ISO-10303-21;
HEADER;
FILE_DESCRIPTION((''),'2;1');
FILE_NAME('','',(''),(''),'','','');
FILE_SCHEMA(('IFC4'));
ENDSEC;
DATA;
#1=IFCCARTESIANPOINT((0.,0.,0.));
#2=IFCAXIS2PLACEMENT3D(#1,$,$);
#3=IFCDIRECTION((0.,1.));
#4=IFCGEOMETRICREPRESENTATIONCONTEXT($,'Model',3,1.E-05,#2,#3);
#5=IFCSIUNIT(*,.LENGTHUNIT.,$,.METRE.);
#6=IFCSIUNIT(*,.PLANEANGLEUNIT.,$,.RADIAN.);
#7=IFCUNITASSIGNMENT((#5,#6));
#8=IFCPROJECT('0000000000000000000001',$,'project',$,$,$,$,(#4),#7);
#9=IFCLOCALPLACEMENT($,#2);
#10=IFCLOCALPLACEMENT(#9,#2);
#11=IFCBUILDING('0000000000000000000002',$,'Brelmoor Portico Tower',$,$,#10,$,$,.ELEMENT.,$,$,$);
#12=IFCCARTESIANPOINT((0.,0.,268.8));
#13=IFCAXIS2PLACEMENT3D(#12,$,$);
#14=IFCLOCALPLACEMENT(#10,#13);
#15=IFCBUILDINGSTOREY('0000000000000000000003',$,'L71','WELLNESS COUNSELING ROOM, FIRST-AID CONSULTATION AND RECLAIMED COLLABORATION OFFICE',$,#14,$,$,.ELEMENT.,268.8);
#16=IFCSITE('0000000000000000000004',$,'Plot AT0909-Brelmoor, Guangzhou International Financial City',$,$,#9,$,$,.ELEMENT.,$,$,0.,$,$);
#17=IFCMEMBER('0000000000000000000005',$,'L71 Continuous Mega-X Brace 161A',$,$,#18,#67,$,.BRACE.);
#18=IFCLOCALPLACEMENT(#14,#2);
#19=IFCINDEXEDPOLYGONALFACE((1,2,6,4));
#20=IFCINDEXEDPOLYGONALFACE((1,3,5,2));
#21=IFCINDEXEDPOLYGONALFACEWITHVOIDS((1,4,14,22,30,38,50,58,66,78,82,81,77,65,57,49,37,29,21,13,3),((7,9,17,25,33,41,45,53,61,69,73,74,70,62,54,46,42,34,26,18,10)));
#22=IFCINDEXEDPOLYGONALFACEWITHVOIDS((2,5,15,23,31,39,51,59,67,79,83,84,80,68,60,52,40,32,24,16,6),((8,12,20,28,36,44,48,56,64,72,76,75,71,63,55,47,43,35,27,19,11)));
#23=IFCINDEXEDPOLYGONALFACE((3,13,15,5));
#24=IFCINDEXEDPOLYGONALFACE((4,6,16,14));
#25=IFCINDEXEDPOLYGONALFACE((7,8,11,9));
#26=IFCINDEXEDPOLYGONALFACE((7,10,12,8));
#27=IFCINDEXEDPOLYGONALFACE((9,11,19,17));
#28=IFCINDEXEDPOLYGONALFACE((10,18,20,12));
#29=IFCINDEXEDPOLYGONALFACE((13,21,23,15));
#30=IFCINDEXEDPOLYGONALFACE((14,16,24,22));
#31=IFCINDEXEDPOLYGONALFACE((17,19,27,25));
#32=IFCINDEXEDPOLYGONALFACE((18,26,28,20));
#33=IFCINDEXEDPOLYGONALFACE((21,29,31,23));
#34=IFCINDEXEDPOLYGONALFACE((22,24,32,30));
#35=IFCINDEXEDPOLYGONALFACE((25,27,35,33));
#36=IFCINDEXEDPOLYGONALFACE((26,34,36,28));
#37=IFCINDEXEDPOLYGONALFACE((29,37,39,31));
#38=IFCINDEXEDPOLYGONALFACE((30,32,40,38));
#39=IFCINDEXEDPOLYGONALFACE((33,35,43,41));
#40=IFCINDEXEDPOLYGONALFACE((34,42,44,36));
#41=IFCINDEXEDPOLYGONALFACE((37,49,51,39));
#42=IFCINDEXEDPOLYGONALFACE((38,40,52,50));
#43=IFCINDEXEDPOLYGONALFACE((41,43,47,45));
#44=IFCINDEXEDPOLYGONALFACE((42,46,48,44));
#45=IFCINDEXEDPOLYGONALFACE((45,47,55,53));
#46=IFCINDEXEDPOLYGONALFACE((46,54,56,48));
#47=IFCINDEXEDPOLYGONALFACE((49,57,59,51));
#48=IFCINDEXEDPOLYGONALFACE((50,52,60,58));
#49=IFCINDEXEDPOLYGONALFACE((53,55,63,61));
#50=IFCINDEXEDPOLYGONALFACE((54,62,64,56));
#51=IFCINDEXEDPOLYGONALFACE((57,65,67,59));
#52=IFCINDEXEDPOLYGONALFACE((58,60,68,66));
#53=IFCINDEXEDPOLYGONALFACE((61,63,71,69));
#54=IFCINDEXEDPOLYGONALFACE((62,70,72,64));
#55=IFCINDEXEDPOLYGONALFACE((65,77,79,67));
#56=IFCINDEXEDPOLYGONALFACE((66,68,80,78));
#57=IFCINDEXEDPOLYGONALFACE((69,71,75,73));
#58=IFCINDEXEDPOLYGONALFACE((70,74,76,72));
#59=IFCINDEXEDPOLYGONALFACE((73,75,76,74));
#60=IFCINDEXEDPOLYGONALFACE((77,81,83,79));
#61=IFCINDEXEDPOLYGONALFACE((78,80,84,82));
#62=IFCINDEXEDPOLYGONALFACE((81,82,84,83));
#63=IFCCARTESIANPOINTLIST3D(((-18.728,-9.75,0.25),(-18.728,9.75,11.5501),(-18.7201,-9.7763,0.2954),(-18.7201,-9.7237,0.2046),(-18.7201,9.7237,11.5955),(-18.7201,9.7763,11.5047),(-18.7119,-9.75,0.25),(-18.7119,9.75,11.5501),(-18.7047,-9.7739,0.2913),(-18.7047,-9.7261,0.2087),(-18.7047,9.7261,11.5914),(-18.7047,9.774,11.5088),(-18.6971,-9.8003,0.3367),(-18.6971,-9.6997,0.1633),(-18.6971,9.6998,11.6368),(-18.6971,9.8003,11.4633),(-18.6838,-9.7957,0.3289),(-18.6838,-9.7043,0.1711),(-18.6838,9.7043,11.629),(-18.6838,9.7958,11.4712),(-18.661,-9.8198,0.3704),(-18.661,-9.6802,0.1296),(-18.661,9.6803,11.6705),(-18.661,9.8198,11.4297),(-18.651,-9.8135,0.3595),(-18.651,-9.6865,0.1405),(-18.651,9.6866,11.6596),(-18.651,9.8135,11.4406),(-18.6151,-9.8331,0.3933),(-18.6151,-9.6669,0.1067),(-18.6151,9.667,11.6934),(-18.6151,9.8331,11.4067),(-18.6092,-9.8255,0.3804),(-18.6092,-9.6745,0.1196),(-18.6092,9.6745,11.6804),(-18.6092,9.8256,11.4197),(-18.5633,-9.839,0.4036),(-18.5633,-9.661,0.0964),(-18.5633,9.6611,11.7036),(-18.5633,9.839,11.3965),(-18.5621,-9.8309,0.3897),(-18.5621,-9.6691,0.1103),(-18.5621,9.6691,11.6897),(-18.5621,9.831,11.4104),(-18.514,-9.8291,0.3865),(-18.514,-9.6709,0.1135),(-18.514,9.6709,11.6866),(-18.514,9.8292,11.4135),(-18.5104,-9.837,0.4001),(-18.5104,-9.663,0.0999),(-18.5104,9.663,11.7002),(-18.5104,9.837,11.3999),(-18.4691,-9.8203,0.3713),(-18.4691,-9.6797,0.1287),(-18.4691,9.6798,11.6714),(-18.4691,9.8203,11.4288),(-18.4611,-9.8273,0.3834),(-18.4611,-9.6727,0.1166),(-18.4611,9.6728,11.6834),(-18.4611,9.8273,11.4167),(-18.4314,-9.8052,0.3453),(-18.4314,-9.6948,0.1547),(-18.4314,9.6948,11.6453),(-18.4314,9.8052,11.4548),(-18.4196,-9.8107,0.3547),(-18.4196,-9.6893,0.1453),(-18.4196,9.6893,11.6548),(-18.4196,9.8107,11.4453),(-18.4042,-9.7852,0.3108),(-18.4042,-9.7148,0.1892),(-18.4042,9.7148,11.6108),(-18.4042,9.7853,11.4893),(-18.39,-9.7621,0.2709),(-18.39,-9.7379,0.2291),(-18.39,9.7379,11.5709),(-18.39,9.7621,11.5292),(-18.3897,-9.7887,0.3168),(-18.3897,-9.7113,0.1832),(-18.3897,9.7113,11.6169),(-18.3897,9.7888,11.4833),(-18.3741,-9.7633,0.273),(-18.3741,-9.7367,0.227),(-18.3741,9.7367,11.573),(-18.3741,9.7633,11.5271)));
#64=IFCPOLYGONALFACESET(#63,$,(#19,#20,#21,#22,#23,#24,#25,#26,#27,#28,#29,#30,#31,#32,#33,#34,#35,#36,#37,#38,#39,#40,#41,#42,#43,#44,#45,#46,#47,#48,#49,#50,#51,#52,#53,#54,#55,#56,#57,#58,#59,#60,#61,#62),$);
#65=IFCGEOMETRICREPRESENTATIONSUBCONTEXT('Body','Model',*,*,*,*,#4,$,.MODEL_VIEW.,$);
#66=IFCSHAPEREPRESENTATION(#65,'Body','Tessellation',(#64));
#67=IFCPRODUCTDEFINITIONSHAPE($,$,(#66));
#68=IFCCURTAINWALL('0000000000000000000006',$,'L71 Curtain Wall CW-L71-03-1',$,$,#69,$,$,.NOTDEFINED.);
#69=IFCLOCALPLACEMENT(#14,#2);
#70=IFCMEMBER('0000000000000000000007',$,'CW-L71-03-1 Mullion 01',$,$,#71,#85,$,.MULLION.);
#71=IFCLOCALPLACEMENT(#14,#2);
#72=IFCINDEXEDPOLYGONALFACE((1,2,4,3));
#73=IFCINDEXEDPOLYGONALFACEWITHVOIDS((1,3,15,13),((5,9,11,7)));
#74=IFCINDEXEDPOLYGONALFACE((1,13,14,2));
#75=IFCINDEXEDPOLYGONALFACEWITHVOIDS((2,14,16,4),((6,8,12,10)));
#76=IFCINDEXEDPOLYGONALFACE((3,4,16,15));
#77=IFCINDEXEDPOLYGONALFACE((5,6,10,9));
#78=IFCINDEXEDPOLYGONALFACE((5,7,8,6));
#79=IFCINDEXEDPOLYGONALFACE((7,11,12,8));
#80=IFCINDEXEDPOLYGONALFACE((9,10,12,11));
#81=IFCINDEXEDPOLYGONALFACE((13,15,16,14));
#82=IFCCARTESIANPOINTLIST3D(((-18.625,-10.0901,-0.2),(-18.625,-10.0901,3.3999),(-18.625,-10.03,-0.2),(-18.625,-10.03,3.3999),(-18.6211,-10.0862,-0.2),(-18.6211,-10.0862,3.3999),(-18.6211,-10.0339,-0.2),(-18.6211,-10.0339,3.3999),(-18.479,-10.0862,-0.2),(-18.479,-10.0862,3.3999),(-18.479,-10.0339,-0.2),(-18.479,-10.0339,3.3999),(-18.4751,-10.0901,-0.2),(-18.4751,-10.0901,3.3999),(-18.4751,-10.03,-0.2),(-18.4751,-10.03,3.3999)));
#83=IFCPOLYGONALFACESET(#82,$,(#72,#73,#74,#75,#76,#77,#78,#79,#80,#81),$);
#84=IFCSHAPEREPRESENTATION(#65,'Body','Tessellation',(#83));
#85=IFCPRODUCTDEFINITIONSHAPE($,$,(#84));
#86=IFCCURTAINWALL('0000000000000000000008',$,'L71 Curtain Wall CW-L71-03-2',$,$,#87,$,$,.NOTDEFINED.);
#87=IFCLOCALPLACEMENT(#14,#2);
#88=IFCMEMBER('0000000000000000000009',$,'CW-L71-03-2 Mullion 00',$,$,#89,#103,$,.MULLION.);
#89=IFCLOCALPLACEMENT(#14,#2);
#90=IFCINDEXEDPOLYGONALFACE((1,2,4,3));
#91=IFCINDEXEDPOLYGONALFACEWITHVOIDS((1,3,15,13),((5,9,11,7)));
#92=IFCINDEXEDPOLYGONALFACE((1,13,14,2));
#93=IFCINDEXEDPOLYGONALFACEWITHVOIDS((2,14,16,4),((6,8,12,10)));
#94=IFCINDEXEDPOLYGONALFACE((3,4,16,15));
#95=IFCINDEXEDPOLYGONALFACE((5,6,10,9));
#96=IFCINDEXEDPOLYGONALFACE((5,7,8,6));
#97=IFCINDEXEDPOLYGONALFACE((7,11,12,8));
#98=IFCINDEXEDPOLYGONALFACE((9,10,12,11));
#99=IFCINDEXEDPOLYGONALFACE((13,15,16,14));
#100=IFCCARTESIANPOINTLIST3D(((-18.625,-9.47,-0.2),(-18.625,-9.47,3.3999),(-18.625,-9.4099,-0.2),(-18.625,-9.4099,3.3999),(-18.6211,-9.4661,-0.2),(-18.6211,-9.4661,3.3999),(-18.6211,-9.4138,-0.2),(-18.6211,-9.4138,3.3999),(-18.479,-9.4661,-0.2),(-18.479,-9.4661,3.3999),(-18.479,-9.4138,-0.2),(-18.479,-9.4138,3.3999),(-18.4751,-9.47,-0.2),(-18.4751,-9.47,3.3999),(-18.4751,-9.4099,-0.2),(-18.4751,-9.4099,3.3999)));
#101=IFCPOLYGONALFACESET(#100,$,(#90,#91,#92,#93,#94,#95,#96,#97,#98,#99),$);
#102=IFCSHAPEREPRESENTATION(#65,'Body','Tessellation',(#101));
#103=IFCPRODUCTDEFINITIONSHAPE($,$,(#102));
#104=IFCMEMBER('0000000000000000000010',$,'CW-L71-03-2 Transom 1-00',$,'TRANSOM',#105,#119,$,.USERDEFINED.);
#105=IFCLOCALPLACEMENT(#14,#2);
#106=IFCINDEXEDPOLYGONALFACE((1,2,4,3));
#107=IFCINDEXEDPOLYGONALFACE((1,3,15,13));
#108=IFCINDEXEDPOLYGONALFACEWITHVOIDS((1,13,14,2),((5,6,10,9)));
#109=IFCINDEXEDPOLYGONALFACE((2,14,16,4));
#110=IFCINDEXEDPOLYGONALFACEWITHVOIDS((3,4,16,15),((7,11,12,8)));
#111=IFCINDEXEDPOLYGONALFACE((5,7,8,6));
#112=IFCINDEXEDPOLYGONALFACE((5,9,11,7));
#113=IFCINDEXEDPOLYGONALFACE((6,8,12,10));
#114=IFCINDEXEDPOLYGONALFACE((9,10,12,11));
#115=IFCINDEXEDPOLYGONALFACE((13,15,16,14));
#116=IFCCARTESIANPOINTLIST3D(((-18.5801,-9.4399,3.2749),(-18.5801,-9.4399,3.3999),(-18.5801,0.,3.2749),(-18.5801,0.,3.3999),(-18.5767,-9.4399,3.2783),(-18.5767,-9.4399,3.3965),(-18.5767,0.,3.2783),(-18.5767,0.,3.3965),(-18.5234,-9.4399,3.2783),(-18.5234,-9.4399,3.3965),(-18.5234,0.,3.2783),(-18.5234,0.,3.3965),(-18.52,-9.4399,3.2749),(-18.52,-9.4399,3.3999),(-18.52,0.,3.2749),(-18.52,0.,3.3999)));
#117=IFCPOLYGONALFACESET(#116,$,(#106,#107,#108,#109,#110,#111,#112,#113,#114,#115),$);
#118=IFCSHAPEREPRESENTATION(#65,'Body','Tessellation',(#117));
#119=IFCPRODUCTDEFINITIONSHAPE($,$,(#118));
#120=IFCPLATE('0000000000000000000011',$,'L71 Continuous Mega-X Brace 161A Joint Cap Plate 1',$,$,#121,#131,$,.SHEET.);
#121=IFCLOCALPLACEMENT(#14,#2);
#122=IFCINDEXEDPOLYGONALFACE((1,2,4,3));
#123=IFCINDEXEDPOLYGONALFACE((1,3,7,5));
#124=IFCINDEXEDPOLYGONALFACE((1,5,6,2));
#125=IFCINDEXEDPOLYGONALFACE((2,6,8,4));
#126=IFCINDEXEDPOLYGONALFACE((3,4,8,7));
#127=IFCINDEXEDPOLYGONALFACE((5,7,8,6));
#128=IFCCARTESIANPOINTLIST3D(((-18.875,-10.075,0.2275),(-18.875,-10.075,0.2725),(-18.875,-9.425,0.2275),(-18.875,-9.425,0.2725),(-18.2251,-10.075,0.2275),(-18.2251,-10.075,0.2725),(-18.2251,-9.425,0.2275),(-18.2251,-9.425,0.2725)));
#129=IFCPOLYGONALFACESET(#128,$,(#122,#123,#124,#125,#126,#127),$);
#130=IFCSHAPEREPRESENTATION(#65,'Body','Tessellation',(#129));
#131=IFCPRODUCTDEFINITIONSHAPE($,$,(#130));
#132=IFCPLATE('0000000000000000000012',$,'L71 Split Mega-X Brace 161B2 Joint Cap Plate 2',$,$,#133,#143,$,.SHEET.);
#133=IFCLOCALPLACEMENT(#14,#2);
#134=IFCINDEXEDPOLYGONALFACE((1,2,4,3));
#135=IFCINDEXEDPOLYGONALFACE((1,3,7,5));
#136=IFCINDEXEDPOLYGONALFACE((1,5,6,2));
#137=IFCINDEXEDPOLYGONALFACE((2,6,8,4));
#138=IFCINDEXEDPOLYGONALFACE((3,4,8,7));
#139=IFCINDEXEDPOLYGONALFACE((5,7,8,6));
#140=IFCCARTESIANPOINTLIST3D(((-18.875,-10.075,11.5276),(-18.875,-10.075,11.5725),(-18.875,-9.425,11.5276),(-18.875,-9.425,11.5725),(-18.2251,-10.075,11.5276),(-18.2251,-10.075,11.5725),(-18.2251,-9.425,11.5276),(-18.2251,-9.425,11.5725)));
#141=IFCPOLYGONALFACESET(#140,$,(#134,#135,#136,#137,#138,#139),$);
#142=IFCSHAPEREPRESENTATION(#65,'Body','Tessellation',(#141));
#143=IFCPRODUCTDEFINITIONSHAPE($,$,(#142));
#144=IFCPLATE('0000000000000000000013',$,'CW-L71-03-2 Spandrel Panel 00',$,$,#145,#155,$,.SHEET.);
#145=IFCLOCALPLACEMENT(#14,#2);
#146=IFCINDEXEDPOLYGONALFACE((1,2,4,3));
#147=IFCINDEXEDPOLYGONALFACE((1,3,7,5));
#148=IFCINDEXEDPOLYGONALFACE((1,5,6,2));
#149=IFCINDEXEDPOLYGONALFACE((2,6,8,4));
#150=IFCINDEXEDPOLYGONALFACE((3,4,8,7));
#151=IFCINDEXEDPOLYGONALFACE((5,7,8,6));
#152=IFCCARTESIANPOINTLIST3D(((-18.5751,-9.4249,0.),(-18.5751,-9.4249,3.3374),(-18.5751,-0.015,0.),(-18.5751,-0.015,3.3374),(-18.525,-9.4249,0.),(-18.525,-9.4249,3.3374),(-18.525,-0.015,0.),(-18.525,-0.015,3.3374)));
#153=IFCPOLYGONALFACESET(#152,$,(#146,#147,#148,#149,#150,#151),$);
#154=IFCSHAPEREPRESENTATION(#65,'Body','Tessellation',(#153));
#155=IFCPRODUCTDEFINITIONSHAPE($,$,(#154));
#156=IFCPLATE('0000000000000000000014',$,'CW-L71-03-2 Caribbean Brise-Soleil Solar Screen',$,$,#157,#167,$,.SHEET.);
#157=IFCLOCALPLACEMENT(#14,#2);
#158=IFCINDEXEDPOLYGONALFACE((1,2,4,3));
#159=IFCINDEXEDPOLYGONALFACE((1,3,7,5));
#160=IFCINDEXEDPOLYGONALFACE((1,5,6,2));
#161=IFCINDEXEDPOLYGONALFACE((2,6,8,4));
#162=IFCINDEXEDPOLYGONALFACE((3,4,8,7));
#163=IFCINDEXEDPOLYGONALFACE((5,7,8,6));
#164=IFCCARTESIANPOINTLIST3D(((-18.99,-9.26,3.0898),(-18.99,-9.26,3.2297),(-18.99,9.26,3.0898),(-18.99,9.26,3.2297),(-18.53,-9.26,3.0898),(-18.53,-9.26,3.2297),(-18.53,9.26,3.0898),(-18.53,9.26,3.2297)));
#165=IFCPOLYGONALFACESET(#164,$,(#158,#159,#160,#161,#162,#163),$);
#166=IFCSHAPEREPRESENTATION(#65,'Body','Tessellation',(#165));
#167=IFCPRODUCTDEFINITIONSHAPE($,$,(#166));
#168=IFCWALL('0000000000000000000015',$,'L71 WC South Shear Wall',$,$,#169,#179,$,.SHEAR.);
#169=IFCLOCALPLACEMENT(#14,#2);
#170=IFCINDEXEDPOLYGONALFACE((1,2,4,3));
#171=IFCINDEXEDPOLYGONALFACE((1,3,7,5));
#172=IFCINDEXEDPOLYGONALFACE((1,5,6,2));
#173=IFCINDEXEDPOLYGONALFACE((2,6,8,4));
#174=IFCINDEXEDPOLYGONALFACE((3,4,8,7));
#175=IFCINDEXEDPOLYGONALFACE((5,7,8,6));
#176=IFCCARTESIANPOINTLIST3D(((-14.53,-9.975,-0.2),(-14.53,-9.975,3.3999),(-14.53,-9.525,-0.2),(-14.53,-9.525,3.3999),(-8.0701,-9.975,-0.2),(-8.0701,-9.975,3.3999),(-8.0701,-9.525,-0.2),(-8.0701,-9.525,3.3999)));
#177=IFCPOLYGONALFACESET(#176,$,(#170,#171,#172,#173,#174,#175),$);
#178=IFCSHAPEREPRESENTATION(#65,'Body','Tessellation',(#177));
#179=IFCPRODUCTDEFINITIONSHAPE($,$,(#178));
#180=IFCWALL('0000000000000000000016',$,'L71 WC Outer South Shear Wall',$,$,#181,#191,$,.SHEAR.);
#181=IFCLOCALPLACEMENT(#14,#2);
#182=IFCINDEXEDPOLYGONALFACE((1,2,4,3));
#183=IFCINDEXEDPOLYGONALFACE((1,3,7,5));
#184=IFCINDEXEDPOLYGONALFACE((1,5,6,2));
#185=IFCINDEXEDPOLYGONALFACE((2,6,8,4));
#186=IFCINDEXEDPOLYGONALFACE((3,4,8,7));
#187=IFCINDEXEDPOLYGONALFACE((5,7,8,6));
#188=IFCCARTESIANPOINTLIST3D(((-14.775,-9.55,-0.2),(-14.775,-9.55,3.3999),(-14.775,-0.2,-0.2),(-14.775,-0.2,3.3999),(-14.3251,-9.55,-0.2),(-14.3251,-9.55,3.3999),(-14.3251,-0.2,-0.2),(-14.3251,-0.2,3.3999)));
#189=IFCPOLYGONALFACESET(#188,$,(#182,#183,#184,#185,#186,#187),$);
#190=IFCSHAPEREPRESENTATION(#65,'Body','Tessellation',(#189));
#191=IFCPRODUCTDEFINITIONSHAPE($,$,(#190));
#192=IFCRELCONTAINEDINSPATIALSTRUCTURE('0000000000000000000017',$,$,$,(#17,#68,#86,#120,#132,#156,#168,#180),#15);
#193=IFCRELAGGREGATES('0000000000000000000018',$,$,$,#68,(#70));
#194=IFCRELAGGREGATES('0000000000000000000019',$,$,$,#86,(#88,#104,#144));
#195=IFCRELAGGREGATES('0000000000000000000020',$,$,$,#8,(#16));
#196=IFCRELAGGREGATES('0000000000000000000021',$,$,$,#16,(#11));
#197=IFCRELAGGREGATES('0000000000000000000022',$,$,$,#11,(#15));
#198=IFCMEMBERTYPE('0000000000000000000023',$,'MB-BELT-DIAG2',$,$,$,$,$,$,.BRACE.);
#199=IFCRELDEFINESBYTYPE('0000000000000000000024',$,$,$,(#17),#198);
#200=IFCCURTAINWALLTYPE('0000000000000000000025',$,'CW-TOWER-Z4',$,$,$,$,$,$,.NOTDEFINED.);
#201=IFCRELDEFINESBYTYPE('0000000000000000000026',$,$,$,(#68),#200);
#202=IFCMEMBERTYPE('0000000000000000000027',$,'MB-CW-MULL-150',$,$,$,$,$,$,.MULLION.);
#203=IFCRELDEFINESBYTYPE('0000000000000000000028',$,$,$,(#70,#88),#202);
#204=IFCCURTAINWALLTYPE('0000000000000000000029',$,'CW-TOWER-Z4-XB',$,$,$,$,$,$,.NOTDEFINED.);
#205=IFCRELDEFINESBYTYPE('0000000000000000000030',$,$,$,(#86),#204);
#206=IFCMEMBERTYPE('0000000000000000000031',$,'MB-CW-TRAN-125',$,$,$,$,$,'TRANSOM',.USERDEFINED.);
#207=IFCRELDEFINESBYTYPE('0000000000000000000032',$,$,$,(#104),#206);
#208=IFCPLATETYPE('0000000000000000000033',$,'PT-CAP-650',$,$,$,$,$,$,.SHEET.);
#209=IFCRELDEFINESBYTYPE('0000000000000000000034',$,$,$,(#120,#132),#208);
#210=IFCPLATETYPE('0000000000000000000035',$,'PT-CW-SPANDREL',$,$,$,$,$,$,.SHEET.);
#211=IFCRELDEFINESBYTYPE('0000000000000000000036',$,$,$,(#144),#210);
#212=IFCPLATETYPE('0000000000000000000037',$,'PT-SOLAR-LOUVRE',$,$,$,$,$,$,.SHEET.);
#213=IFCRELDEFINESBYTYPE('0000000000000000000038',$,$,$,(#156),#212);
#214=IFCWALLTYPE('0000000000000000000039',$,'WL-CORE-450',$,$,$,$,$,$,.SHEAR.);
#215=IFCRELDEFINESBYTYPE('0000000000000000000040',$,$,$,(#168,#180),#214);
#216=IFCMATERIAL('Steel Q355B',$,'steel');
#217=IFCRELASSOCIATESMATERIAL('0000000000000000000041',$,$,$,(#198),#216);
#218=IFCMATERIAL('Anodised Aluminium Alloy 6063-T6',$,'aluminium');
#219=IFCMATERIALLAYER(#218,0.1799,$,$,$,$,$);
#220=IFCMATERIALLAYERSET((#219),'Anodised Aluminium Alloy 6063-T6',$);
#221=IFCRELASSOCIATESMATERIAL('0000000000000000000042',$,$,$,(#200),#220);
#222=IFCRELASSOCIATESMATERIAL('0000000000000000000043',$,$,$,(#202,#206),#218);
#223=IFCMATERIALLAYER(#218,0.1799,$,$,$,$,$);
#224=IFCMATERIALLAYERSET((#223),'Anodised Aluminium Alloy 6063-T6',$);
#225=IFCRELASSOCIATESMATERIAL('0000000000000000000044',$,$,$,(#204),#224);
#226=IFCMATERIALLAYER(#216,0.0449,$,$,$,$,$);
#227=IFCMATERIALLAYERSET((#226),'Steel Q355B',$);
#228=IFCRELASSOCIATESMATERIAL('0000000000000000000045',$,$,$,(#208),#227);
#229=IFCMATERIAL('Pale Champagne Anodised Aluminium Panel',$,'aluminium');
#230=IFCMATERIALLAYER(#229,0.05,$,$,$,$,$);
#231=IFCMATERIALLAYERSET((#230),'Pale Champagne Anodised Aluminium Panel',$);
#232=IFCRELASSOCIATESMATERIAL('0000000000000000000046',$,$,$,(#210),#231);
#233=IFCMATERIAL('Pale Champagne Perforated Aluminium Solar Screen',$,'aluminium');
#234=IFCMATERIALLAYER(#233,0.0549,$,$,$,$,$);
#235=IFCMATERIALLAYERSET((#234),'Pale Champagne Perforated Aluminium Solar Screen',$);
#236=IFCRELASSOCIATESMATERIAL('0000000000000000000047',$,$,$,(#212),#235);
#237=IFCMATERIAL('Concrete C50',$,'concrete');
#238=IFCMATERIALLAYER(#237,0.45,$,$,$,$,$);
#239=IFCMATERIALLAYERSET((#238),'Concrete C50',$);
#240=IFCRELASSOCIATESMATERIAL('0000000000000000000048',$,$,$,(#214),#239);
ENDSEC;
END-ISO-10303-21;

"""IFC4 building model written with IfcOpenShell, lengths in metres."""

from ifc_helpers import new_model, si_unit, direction, frame, frame_2d, origin, origin_2d, place, context, subcontext, project, spatial, rectangle, hollow_rectangle, hollow_circle, extrude, material, layer, layer_set, material_profile, profile_set, type_object, element, aggregate, save


model = new_model("IFC4")

# Units and contexts
model_context = context("Model", 3, precision=1e-05, world=origin(), true_north=direction((0.0, 1.0)))
body_context = subcontext(model_context, "Body", "Model", "MODEL_VIEW")
ifc_project = project(units=[si_unit("LENGTHUNIT", "METRE"), si_unit("PLANEANGLEUNIT", "RADIAN")], contexts=[model_context])

# Site, building, storey
site_placement = place(None, origin())
site = spatial("IfcSite", under=ifc_project, at=site_placement, Name="Plot AT0909-Brelmoor, Guangzhou International Financial City", CompositionType="ELEMENT", RefElevation=0.0)
building_placement = place(site_placement, origin())
building = spatial("IfcBuilding", under=site, at=building_placement, Name="Brelmoor Portico Tower", CompositionType="ELEMENT")
storey_placement = place(building_placement, frame((0.0, 0.0, 268.8)))
storey = spatial("IfcBuildingStorey", under=building, at=storey_placement, Name="L71", Description="WELLNESS COUNSELING ROOM, FIRST-AID CONSULTATION AND RECLAIMED COLLABORATION OFFICE", CompositionType="ELEMENT", Elevation=268.8)

# Shared definitions
ifc_material_1 = material(Name="Steel Q355B", Category="steel")

# Member
ifc_material_profile_1 = material_profile(ifc_material_1, hollow_circle(Radius=0.178, WallThickness=0.0161, at=origin_2d()), Name="CHS 356x16")
ifc_profile_set_1 = profile_set([ifc_material_profile_1], Name="Steel Q355B")
member_type_1 = type_object("IfcMemberType", Name="MB-BELT-DIAG2", PredefinedType="BRACE", material=ifc_profile_set_1)
member_1_placement = place(storey_placement, frame((-18.55, -9.75, 0.25), z_axis=(0.0, 0.865223, 0.501388), x_axis=(-1.0, 0.0, 0.0)))
element("IfcMember", 1, at=member_1_placement, inside=storey, type_object=member_type_1, Name="L71 Continuous Mega-X Brace 161A", PredefinedType="BRACE", context=body_context, shape_type="SweptSolid", body=[
    extrude(hollow_circle(Radius=0.178, WallThickness=0.0161, at=origin_2d()), origin(), (0.0, 0.0, 1.0), 22.5376),
])

# Curtain wall, member
ifc_material_2 = material(Name="Anodised Aluminium Alloy 6063-T6", Category="aluminium")
ifc_layer_1 = layer(ifc_material_2, 0.1799)
ifc_layer_set_1 = layer_set([ifc_layer_1], Name="Anodised Aluminium Alloy 6063-T6")
curtain_wall_type_1 = type_object("IfcCurtainWallType", Name="CW-TOWER-Z4", PredefinedType="NOTDEFINED", material=ifc_layer_set_1)
curtain_wall_1_placement = place(storey_placement, origin())
curtain_wall_1 = element("IfcCurtainWall", 2, at=curtain_wall_1_placement, inside=storey, type_object=curtain_wall_type_1, Name="L71 Curtain Wall CW-L71-03-1", PredefinedType="NOTDEFINED")
ifc_material_profile_2 = material_profile(ifc_material_2, hollow_rectangle(XDim=0.0601, YDim=0.1499, WallThickness=0.0039, at=origin_2d()), Name="ALU MULLION 60x150")
ifc_profile_set_2 = profile_set([ifc_material_profile_2], Name="Anodised Aluminium Alloy 6063-T6")
member_type_2 = type_object("IfcMemberType", Name="MB-CW-MULL-150", PredefinedType="MULLION", material=ifc_profile_set_2)
member_2_placement = place(storey_placement, frame((-18.55, -10.0601, -0.2), z_axis=(0.0, 0.0, 1.0), x_axis=(0.0, 1.0, 0.0)))
member_2 = element("IfcMember", 3, at=member_2_placement, type_object=member_type_2, Name="CW-L71-03-1 Mullion 01", PredefinedType="MULLION", context=body_context, shape_type="SweptSolid", body=[
    extrude(hollow_rectangle(XDim=0.0601, YDim=0.1499, WallThickness=0.0039, at=origin_2d()), origin(), (0.0, 0.0, 1.0), 3.5999),
])
aggregate(curtain_wall_1, [member_2])

# Curtain wall, members
ifc_layer_2 = layer(ifc_material_2, 0.1799)
ifc_layer_set_2 = layer_set([ifc_layer_2], Name="Anodised Aluminium Alloy 6063-T6")
curtain_wall_type_2 = type_object("IfcCurtainWallType", Name="CW-TOWER-Z4-XB", PredefinedType="NOTDEFINED", material=ifc_layer_set_2)
curtain_wall_2_placement = place(storey_placement, origin())
curtain_wall_2 = element("IfcCurtainWall", 4, at=curtain_wall_2_placement, inside=storey, type_object=curtain_wall_type_2, Name="L71 Curtain Wall CW-L71-03-2", PredefinedType="NOTDEFINED")
member_3_placement = place(storey_placement, frame((-18.55, -9.4399, -0.2), z_axis=(0.0, 0.0, 1.0), x_axis=(0.0, 1.0, 0.0)))
member_3 = element("IfcMember", 5, at=member_3_placement, type_object=member_type_2, Name="CW-L71-03-2 Mullion 00", PredefinedType="MULLION", context=body_context, shape_type="SweptSolid", body=[
    extrude(hollow_rectangle(XDim=0.0601, YDim=0.1499, WallThickness=0.0039, at=origin_2d()), origin(), (0.0, 0.0, 1.0), 3.5999),
])
ifc_material_profile_3 = material_profile(ifc_material_2, hollow_rectangle(XDim=0.0601, YDim=0.125, WallThickness=0.0034, at=origin_2d()), Name="ALU TRANSOM 60x125")
ifc_profile_set_3 = profile_set([ifc_material_profile_3], Name="Anodised Aluminium Alloy 6063-T6")
member_type_3 = type_object("IfcMemberType", Name="MB-CW-TRAN-125", ElementType="TRANSOM", PredefinedType="USERDEFINED", material=ifc_profile_set_3)
member_4_placement = place(storey_placement, frame((-18.55, -9.4399, 3.3374), z_axis=(0.0, 1.0, 0.0), x_axis=(-1.0, 0.0, 0.0)))
member_4 = element("IfcMember", 6, at=member_4_placement, type_object=member_type_3, Name="CW-L71-03-2 Transom 1-00", ObjectType="TRANSOM", PredefinedType="USERDEFINED", context=body_context, shape_type="SweptSolid", body=[
    extrude(hollow_rectangle(XDim=0.0601, YDim=0.125, WallThickness=0.0034, at=origin_2d()), origin(), (0.0, 0.0, 1.0), 9.4399),
])

# Plates
ifc_layer_3 = layer(ifc_material_1, 0.0449)
ifc_layer_set_3 = layer_set([ifc_layer_3], Name="Steel Q355B")
plate_type_1 = type_object("IfcPlateType", Name="PT-CAP-650", PredefinedType="SHEET", material=ifc_layer_set_3)
for number, where, z_axis, x_axis, name in (
    (7, (-18.55, -9.75, 0.2275), (0.0, 0.0, 1.0), (1.0, 0.0, 0.0), "L71 Continuous Mega-X Brace 161A Joint Cap Plate 1"),
    (8, (-18.55, -9.75, 11.5276), (0.0, 0.0, 1.0), (1.0, 0.0, 0.0), "L71 Split Mega-X Brace 161B2 Joint Cap Plate 2"),
):
    element("IfcPlate", number, at=place(storey_placement, frame(where, z_axis=z_axis, x_axis=x_axis)), inside=storey, type_object=plate_type_1, Name=name, PredefinedType="SHEET", context=body_context, shape_type="SweptSolid", body=[
        extrude(rectangle(XDim=0.6499, YDim=0.6499, at=origin_2d()), origin(), (0.0, 0.0, 1.0), 0.0449),
    ])

# Plates
ifc_material_3 = material(Name="Pale Champagne Anodised Aluminium Panel", Category="aluminium")
ifc_layer_4 = layer(ifc_material_3, 0.05)
ifc_layer_set_4 = layer_set([ifc_layer_4], Name="Pale Champagne Anodised Aluminium Panel")
plate_type_2 = type_object("IfcPlateType", Name="PT-CW-SPANDREL", PredefinedType="SHEET", material=ifc_layer_set_4)
plate_1_placement = place(storey_placement, frame((-18.55, -4.72, 0.0), z_axis=(0.0, 0.0, 1.0), x_axis=(0.0, 1.0, 0.0)))
plate_1 = element("IfcPlate", 9, at=plate_1_placement, type_object=plate_type_2, Name="CW-L71-03-2 Spandrel Panel 00", PredefinedType="SHEET", context=body_context, shape_type="SweptSolid", body=[
    extrude(rectangle(XDim=9.4099, YDim=0.05, at=origin_2d()), origin(), (0.0, 0.0, 1.0), 3.3374),
])
aggregate(curtain_wall_2, [member_3, member_4, plate_1])
ifc_material_4 = material(Name="Pale Champagne Perforated Aluminium Solar Screen", Category="aluminium")
ifc_layer_5 = layer(ifc_material_4, 0.0549)
ifc_layer_set_5 = layer_set([ifc_layer_5], Name="Pale Champagne Perforated Aluminium Solar Screen")
plate_type_3 = type_object("IfcPlateType", Name="PT-SOLAR-LOUVRE", PredefinedType="SHEET", material=ifc_layer_set_5)
plate_2_placement = place(storey_placement, frame((-18.76, 0.0, 3.0898), z_axis=(0.0, 0.0, 1.0), x_axis=(0.0, 1.0, 0.0)))
element("IfcPlate", 10, at=plate_2_placement, inside=storey, type_object=plate_type_3, Name="CW-L71-03-2 Caribbean Brise-Soleil Solar Screen", PredefinedType="SHEET", context=body_context, shape_type="SweptSolid", body=[
    extrude(rectangle(XDim=18.52, YDim=0.46, at=origin_2d()), origin(), (0.0, 0.0, 1.0), 0.1399),
])

# Walls
ifc_material_5 = material(Name="Concrete C50", Category="concrete")
ifc_layer_6 = layer(ifc_material_5, 0.45)
ifc_layer_set_6 = layer_set([ifc_layer_6], Name="Concrete C50")
wall_type_1 = type_object("IfcWallType", Name="WL-CORE-450", PredefinedType="SHEAR", material=ifc_layer_set_6)
wall_1_placement = place(storey_placement, frame((-14.53, -9.75, -0.2), z_axis=(0.0, 0.0, 1.0), x_axis=(1.0, 0.0, 0.0)))
element("IfcWall", 11, at=wall_1_placement, inside=storey, type_object=wall_type_1, Name="L71 WC South Shear Wall", PredefinedType="SHEAR", context=body_context, shape_type="SweptSolid", body=[
    extrude(rectangle(XDim=6.46, YDim=0.45, at=frame_2d((3.23, 0.0))), origin(), (0.0, 0.0, 1.0), 3.5999),
])
wall_2_placement = place(storey_placement, frame((-14.55, -9.55, -0.2), z_axis=(0.0, 0.0, 1.0), x_axis=(0.0, 1.0, 0.0)))
element("IfcWall", 12, at=wall_2_placement, inside=storey, type_object=wall_type_1, Name="L71 WC Outer South Shear Wall", PredefinedType="SHEAR", context=body_context, shape_type="SweptSolid", body=[
    extrude(rectangle(XDim=9.3501, YDim=0.45, at=frame_2d((4.675, 0.0))), origin(), (0.0, 0.0, 1.0), 3.5999),
])

save(model, "model.ifc")
